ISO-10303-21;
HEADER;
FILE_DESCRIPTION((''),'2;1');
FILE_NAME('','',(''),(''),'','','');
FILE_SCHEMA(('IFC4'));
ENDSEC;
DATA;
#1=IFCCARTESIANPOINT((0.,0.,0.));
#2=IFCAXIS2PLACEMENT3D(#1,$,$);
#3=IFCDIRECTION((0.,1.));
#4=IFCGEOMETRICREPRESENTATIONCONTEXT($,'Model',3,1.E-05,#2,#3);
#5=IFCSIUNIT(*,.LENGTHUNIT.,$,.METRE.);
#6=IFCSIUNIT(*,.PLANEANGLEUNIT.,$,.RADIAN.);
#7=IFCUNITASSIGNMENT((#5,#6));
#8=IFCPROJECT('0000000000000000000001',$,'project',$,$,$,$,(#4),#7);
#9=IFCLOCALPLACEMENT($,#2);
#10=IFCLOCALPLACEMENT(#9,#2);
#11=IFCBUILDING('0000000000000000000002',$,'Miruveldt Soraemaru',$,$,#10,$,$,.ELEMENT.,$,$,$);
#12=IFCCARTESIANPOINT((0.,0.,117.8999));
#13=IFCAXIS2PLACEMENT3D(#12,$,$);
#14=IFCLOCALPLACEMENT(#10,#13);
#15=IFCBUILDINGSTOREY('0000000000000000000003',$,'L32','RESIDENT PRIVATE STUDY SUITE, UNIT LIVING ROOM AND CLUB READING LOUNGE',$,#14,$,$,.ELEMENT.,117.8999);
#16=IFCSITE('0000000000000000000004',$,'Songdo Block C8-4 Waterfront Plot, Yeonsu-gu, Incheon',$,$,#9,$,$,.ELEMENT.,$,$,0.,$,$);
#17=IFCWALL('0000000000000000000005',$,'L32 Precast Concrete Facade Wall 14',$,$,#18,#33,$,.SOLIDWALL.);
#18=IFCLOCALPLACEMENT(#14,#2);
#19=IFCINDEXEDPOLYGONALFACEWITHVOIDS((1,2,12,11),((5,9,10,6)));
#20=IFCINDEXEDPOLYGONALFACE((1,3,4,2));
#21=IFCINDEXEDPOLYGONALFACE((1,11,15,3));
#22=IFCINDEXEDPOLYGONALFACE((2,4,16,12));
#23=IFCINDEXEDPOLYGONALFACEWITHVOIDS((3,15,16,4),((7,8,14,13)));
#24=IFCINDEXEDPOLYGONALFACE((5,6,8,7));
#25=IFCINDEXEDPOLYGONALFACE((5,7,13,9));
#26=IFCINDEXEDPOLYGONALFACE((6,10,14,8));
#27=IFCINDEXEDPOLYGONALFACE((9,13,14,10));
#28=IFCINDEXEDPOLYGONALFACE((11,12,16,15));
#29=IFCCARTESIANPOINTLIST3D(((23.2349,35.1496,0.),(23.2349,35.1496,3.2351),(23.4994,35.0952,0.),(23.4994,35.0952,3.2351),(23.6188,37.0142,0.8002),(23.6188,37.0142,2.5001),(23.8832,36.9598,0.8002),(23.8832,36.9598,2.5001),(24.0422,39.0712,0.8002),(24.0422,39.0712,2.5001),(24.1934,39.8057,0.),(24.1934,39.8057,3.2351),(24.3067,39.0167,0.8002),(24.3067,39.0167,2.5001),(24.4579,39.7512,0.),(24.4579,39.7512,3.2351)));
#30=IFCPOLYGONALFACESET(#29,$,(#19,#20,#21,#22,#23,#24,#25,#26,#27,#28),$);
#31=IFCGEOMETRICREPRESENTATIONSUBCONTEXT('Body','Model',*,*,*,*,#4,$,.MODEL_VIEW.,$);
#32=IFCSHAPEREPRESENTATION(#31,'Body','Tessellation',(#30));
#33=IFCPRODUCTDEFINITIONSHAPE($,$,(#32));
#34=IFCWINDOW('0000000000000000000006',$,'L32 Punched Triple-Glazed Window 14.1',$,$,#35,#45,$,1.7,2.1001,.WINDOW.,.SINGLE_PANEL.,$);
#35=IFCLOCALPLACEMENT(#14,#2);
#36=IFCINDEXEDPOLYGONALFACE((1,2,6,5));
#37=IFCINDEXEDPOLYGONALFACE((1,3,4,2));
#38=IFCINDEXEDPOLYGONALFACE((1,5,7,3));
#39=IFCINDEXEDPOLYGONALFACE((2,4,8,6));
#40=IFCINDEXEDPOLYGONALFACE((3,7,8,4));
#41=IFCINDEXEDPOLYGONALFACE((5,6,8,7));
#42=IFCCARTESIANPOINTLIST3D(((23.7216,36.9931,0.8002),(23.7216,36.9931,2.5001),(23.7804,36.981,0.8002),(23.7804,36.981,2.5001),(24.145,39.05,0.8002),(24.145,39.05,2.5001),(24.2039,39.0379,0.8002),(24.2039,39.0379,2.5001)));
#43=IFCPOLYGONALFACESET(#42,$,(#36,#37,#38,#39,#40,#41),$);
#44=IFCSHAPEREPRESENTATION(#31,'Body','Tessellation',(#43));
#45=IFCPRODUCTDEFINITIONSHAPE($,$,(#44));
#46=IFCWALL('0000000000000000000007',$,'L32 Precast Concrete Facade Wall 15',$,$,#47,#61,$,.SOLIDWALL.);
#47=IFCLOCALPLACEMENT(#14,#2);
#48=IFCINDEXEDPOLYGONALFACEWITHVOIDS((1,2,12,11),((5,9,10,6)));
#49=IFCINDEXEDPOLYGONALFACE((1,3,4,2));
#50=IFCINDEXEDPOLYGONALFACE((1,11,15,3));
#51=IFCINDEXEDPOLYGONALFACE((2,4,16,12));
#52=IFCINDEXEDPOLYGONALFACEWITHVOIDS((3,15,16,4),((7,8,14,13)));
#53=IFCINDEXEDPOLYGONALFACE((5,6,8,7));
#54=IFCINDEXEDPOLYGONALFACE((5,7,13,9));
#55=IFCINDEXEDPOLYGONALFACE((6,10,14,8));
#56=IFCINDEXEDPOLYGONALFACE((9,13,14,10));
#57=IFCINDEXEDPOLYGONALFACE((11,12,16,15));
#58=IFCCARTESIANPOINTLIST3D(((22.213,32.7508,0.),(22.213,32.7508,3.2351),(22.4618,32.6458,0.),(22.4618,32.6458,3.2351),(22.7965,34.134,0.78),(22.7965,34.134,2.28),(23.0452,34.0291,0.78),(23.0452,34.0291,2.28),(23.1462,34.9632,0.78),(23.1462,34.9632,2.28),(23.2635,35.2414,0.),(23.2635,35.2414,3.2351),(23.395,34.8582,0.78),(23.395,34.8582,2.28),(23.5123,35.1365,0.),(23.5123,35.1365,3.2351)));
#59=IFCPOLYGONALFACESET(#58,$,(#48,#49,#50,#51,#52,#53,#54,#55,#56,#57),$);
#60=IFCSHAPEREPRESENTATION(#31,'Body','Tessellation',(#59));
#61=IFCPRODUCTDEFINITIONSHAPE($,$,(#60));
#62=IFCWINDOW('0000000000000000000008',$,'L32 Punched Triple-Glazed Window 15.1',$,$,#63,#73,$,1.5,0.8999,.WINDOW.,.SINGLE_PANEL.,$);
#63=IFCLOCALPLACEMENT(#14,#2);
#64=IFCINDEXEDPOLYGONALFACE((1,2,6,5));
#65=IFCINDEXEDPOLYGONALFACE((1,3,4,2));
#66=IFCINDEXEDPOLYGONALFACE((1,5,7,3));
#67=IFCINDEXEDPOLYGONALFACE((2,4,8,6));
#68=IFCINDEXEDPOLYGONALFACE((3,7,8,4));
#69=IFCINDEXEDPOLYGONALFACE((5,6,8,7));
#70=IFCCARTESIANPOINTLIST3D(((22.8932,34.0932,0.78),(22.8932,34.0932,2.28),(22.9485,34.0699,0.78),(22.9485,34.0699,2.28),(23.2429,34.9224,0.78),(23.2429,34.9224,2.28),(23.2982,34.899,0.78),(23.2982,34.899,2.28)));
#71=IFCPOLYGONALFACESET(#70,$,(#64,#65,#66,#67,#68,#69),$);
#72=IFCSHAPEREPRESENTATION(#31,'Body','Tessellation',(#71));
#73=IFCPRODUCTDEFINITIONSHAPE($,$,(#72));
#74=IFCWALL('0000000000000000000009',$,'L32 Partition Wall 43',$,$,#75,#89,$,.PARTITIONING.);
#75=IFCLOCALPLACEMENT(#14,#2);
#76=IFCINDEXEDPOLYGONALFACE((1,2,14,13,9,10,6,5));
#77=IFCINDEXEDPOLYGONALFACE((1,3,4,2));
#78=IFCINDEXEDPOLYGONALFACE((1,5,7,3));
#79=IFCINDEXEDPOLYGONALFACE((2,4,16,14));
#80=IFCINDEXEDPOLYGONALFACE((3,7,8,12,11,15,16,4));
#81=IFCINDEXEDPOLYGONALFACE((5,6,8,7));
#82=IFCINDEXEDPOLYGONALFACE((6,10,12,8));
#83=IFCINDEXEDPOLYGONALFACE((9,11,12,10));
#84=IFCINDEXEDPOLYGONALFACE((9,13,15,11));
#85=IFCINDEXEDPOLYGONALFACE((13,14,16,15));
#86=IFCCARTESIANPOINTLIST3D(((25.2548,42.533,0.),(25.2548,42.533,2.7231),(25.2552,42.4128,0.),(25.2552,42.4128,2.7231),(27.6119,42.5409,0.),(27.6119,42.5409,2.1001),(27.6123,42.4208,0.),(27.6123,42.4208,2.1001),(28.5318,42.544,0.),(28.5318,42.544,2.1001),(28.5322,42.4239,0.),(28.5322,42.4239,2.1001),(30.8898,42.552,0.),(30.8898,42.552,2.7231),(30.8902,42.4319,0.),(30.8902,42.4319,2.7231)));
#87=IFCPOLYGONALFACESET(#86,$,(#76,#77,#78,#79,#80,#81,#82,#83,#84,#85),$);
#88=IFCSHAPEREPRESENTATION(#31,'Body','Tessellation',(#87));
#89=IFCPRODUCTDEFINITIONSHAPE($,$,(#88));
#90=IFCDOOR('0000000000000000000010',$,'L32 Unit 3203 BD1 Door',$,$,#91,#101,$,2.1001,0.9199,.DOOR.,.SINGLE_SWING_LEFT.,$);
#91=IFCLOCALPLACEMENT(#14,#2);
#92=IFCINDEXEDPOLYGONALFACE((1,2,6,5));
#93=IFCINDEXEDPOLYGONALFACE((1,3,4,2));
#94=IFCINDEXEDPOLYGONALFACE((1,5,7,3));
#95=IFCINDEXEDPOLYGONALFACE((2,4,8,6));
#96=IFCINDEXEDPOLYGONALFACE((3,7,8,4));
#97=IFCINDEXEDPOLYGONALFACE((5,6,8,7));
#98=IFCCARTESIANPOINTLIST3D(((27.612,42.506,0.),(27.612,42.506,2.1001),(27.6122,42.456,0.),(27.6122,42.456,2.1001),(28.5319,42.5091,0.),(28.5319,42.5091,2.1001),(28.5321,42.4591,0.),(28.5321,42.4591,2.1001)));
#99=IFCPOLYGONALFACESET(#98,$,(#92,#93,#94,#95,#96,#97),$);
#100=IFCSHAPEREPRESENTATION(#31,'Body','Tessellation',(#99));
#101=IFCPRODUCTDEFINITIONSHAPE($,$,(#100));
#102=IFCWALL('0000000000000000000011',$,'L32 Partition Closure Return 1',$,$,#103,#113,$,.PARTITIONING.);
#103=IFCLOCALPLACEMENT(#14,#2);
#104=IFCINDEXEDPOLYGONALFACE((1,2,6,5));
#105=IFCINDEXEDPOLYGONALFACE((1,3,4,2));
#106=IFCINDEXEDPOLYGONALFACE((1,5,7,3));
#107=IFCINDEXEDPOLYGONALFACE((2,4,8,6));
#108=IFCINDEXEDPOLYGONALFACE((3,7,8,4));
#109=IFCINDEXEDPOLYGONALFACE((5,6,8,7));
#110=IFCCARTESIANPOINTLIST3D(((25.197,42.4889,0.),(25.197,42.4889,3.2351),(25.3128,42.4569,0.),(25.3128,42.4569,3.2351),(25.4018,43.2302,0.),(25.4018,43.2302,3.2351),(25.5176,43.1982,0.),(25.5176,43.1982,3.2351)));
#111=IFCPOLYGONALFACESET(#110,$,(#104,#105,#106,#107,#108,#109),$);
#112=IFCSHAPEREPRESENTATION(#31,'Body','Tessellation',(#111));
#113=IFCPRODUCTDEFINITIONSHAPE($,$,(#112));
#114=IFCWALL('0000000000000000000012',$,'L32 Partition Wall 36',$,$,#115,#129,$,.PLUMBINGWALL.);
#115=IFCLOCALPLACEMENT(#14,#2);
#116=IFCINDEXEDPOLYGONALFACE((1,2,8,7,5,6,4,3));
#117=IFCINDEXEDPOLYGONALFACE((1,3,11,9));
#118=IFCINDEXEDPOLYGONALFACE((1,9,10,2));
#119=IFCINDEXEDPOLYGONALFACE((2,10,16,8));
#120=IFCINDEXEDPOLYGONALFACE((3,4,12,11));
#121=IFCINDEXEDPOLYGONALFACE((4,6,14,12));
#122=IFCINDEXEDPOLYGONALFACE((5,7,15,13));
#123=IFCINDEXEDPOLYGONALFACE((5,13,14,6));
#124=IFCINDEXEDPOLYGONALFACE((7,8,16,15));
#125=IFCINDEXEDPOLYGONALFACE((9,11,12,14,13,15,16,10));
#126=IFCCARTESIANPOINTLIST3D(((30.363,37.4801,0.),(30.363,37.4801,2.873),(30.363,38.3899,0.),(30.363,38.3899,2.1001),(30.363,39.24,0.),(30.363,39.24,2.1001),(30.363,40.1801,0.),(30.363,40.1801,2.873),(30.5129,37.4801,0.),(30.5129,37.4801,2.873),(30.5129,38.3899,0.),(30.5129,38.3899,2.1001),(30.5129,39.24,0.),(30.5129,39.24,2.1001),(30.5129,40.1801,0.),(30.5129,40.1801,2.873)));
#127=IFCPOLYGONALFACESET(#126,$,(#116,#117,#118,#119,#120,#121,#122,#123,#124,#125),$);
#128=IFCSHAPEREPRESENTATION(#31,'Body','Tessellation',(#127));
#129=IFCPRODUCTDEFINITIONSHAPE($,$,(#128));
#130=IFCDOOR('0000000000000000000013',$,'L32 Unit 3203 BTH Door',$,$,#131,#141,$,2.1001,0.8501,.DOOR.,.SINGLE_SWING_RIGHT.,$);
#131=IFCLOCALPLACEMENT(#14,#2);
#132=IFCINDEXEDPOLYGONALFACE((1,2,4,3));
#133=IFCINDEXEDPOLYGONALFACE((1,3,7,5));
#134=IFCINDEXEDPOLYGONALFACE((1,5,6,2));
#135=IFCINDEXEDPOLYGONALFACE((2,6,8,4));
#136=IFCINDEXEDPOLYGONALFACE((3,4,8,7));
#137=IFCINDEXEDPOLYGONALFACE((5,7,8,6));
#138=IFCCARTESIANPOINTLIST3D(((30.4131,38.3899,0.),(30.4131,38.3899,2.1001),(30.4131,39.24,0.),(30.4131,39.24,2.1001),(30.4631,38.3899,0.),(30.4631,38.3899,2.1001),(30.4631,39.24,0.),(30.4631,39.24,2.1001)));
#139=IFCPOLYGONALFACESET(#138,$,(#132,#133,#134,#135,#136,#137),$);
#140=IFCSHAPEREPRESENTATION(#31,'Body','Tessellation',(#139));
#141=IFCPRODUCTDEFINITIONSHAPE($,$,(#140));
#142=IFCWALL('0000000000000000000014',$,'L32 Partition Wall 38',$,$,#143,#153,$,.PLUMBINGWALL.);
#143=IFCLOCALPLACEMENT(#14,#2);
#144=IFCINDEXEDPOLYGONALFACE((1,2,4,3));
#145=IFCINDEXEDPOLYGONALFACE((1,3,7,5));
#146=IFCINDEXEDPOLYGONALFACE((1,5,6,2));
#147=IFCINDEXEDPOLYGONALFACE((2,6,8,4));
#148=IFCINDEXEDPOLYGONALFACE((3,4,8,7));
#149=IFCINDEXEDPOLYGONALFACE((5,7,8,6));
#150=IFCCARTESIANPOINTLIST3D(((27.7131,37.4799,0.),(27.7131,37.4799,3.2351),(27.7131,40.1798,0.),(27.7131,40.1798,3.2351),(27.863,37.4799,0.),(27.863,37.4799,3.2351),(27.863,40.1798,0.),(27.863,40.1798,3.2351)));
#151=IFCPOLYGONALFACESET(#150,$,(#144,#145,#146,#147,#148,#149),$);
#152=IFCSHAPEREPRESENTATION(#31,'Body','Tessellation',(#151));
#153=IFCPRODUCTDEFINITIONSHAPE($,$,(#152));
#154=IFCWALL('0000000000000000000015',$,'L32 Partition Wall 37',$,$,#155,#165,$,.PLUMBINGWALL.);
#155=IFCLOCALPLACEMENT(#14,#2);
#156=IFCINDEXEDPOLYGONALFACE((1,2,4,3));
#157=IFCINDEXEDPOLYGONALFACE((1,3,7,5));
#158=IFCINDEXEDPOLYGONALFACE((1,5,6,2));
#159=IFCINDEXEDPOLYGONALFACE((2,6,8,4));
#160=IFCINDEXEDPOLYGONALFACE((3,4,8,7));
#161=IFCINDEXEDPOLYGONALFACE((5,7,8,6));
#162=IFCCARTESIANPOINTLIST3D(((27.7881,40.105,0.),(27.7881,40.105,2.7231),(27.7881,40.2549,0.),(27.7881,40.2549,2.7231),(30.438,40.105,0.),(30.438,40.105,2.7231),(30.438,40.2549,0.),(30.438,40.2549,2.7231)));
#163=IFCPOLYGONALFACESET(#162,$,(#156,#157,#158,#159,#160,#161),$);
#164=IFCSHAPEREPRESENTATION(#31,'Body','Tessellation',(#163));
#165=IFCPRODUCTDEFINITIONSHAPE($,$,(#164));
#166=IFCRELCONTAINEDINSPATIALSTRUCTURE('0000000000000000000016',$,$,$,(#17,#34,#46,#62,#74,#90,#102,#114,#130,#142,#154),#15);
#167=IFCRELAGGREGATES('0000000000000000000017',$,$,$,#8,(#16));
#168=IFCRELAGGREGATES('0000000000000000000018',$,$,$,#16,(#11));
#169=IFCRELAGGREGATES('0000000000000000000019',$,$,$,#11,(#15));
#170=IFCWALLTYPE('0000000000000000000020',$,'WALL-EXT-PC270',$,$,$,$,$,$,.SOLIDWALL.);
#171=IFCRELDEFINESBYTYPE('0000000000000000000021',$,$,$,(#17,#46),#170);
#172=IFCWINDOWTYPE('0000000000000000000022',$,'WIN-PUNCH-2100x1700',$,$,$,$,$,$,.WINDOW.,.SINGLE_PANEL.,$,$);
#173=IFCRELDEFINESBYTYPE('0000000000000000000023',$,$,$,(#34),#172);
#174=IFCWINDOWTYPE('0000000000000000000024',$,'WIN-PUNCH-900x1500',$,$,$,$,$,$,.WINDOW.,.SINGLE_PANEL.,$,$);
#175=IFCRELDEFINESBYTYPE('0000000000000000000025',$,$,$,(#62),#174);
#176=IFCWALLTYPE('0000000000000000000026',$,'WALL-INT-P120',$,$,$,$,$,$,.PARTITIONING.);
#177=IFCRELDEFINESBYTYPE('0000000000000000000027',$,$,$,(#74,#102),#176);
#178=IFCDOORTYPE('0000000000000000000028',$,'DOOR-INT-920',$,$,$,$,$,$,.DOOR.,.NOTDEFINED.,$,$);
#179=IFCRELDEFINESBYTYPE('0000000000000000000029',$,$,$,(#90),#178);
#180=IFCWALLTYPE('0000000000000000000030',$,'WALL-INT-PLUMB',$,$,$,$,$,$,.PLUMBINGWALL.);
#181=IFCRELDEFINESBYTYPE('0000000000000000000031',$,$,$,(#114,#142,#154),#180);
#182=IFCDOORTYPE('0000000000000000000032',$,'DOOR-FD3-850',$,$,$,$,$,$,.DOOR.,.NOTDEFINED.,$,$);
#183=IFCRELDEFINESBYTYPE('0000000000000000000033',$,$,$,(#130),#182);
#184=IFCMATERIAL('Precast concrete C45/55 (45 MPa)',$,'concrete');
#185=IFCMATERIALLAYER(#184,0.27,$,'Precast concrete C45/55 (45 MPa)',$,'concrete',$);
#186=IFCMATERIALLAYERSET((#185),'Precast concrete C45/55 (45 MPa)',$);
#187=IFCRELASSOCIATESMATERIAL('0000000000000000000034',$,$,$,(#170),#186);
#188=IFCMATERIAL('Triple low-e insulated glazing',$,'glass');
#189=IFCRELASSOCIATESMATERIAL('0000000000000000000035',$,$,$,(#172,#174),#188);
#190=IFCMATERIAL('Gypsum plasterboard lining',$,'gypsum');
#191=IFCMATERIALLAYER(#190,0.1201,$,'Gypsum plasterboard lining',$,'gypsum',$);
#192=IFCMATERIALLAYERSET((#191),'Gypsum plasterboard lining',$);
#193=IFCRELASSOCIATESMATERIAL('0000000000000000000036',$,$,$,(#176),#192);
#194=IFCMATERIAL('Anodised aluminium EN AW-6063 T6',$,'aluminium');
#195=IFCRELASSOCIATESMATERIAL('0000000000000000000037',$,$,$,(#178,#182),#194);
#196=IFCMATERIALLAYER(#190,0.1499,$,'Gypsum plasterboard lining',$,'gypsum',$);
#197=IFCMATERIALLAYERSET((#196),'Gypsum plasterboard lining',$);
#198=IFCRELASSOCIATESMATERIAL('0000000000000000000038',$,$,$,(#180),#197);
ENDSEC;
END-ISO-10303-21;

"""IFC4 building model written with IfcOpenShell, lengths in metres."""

from ifc_helpers import new_model, si_unit, direction, frame, frame_2d, origin, place, context, subcontext, project, spatial, rectangle, extrude, material, layer, layer_set, type_object, element, fill, save


model = new_model("IFC4")

# Units and contexts
model_context = context("Model", 3, precision=1e-05, world=origin(), true_north=direction((0.0, 1.0)))
body_context = subcontext(model_context, "Body", "Model", "MODEL_VIEW")
ifc_project = project(units=[si_unit("LENGTHUNIT", "METRE"), si_unit("PLANEANGLEUNIT", "RADIAN")], contexts=[model_context])

# Site, building, storey
site_placement = place(None, origin())
site = spatial("IfcSite", under=ifc_project, at=site_placement, Name="Songdo Block C8-4 Waterfront Plot, Yeonsu-gu, Incheon", CompositionType="ELEMENT", RefElevation=0.0)
building_placement = place(site_placement, origin())
building = spatial("IfcBuilding", under=site, at=building_placement, Name="Miruveldt Soraemaru", CompositionType="ELEMENT")
storey_placement = place(building_placement, frame((0.0, 0.0, 117.8999)))
storey = spatial("IfcBuildingStorey", under=building, at=storey_placement, Name="L32", Description="RESIDENT PRIVATE STUDY SUITE, UNIT LIVING ROOM AND CLUB READING LOUNGE", CompositionType="ELEMENT", Elevation=117.8999)

# Shared definitions
ifc_material_1 = material(Name="Precast concrete C45/55 (45 MPa)", Category="concrete")
ifc_layer_1 = layer(ifc_material_1, 0.27, Name="Precast concrete C45/55 (45 MPa)", Category="concrete")
ifc_layer_set_1 = layer_set([ifc_layer_1], Name="Precast concrete C45/55 (45 MPa)")
wall_type_1 = type_object("IfcWallType", Name="WALL-EXT-PC270", PredefinedType="SOLIDWALL", material=ifc_layer_set_1)

# Walls, openings, windows
wall_1_placement = place(storey_placement, frame((24.3257, 39.7786, 0.0), z_axis=(0.0, 0.0, 1.0), x_axis=(-0.201634, -0.979461, 0.0)))
wall_1 = element("IfcWall", 1, at=wall_1_placement, inside=storey, type_object=wall_type_1, Name="L32 Precast Concrete Facade Wall 14", PredefinedType="SOLIDWALL", context=body_context, shape_type="SweptSolid", body=[
    extrude(rectangle(XDim=4.7537, YDim=0.27, at=frame_2d((2.377, 0.0))), origin(), (0.0, 0.0, 1.0), 3.2351),
])
opening_1_placement = place(wall_1_placement, frame((0.75, 0.0, 0.8)))
opening_1 = element("IfcOpeningElement", 2, at=opening_1_placement, cuts=wall_1, PredefinedType="OPENING", context=body_context, shape_type="SweptSolid", body=[
    extrude(rectangle(XDim=2.1001, YDim=1.7, at=frame_2d((1.05, 0.8501))), frame((0.0, 0.145, 0.0), z_axis=(0.0, -1.0, 0.0), x_axis=(1.0, 0.0, 0.0)), (0.0, 0.0, 1.0), 0.29),
])
ifc_material_2 = material(Name="Triple low-e insulated glazing", Category="glass")
window_type_1 = type_object("IfcWindowType", Name="WIN-PUNCH-2100x1700", PartitioningType="SINGLE_PANEL", PredefinedType="WINDOW", material=ifc_material_2)
window_1_placement = place(opening_1_placement, origin())
window_1 = element("IfcWindow", 3, at=window_1_placement, inside=storey, type_object=window_type_1, Name="L32 Punched Triple-Glazed Window 14.1", OverallHeight=1.7, OverallWidth=2.1001, PartitioningType="SINGLE_PANEL", PredefinedType="WINDOW", context=body_context, shape_type="SweptSolid", body=[
    extrude(rectangle(XDim=2.1001, YDim=1.7, at=frame_2d((1.05, 0.8501))), frame((0.0, 0.03, 0.0), z_axis=(0.0, -1.0, 0.0), x_axis=(1.0, 0.0, 0.0)), (0.0, 0.0, 1.0), 0.0601),
])
fill(opening_1, window_1)
wall_2_placement = place(storey_placement, frame((23.3879, 35.189, 0.0), z_axis=(0.0, 0.0, 1.0), x_axis=(-0.388626, -0.921395, 0.0)))
wall_2 = element("IfcWall", 4, at=wall_2_placement, inside=storey, type_object=wall_type_1, Name="L32 Precast Concrete Facade Wall 15", PredefinedType="SOLIDWALL", context=body_context, shape_type="SweptSolid", body=[
    extrude(rectangle(XDim=2.7031, YDim=0.27, at=frame_2d((1.3516, 0.0))), origin(), (0.0, 0.0, 1.0), 3.2351),
])
opening_2_placement = place(wall_2_placement, frame((0.302, 0.0, 0.78)))
opening_2 = element("IfcOpeningElement", 5, at=opening_2_placement, cuts=wall_2, PredefinedType="OPENING", context=body_context, shape_type="SweptSolid", body=[
    extrude(rectangle(XDim=0.8999, YDim=1.5, at=frame_2d((0.45, 0.75))), frame((0.0, 0.145, 0.0), z_axis=(0.0, -1.0, 0.0), x_axis=(1.0, 0.0, 0.0)), (0.0, 0.0, 1.0), 0.29),
])
window_type_2 = type_object("IfcWindowType", Name="WIN-PUNCH-900x1500", PartitioningType="SINGLE_PANEL", PredefinedType="WINDOW", material=ifc_material_2)
window_2_placement = place(opening_2_placement, origin())
window_2 = element("IfcWindow", 6, at=window_2_placement, inside=storey, type_object=window_type_2, Name="L32 Punched Triple-Glazed Window 15.1", OverallHeight=1.5, OverallWidth=0.8999, PartitioningType="SINGLE_PANEL", PredefinedType="WINDOW", context=body_context, shape_type="SweptSolid", body=[
    extrude(rectangle(XDim=0.8999, YDim=1.5, at=frame_2d((0.45, 0.75))), frame((0.0, 0.03, 0.0), z_axis=(0.0, -1.0, 0.0), x_axis=(1.0, 0.0, 0.0)), (0.0, 0.0, 1.0), 0.0601),
])
fill(opening_2, window_2)

# Wall, opening, door
ifc_material_3 = material(Name="Gypsum plasterboard lining", Category="gypsum")
ifc_layer_2 = layer(ifc_material_3, 0.1201, Name="Gypsum plasterboard lining", Category="gypsum")
ifc_layer_set_2 = layer_set([ifc_layer_2], Name="Gypsum plasterboard lining")
wall_type_2 = type_object("IfcWallType", Name="WALL-INT-P120", PredefinedType="PARTITIONING", material=ifc_layer_set_2)
wall_3_placement = place(storey_placement, frame((30.8899, 42.4919, 0.0), z_axis=(0.0, 0.0, 1.0), x_axis=(-0.999994, -0.003379, 0.0)))
wall_3 = element("IfcWall", 7, at=wall_3_placement, inside=storey, type_object=wall_type_2, Name="L32 Partition Wall 43", PredefinedType="PARTITIONING", context=body_context, shape_type="SweptSolid", body=[
    extrude(rectangle(XDim=5.635, YDim=0.1201, at=frame_2d((2.8174, 0.0))), origin(), (0.0, 0.0, 1.0), 2.7231),
])
opening_3_placement = place(wall_3_placement, frame((2.3579, 0.0, 0.0)))
opening_3 = element("IfcOpeningElement", 8, at=opening_3_placement, cuts=wall_3, PredefinedType="OPENING", context=body_context, shape_type="SweptSolid", body=[
    extrude(rectangle(XDim=0.9199, YDim=2.1001, at=frame_2d((0.46, 1.05))), frame((0.0, 0.0701, 0.0), z_axis=(0.0, -1.0, 0.0), x_axis=(1.0, 0.0, 0.0)), (0.0, 0.0, 1.0), 0.1401),
])
ifc_material_4 = material(Name="Anodised aluminium EN AW-6063 T6", Category="aluminium")
door_type_1 = type_object("IfcDoorType", Name="DOOR-INT-920", OperationType="NOTDEFINED", PredefinedType="DOOR", material=ifc_material_4)
door_1_placement = place(opening_3_placement, origin())
door_1 = element("IfcDoor", 9, at=door_1_placement, inside=storey, type_object=door_type_1, Name="L32 Unit 3203 BD1 Door", OperationType="SINGLE_SWING_LEFT", OverallHeight=2.1001, OverallWidth=0.9199, PredefinedType="DOOR", context=body_context, shape_type="SweptSolid", body=[
    extrude(rectangle(XDim=0.9199, YDim=2.1001, at=frame_2d((0.46, 1.05))), frame((0.0, 0.0249, 0.0), z_axis=(0.0, -1.0, 0.0), x_axis=(1.0, 0.0, 0.0)), (0.0, 0.0, 1.0), 0.05),
])
fill(opening_3, door_1)

# Wall
wall_4_placement = place(storey_placement, frame((25.2549, 42.4729, 0.0), z_axis=(0.0, 0.0, 1.0), x_axis=(0.266366, 0.963872, 0.0)))
element("IfcWall", 10, at=wall_4_placement, inside=storey, type_object=wall_type_2, Name="L32 Partition Closure Return 1", PredefinedType="PARTITIONING", context=body_context, shape_type="SweptSolid", body=[
    extrude(rectangle(XDim=0.769, YDim=0.1201, at=frame_2d((0.3845, 0.0))), origin(), (0.0, 0.0, 1.0), 3.2351),
])

# Wall, opening, door
ifc_layer_3 = layer(ifc_material_3, 0.1499, Name="Gypsum plasterboard lining", Category="gypsum")
ifc_layer_set_3 = layer_set([ifc_layer_3], Name="Gypsum plasterboard lining")
wall_type_3 = type_object("IfcWallType", Name="WALL-INT-PLUMB", PredefinedType="PLUMBINGWALL", material=ifc_layer_set_3)
wall_5_placement = place(storey_placement, frame((30.438, 37.48, 0.0), z_axis=(0.0, 0.0, 1.0), x_axis=(0.0, 1.0, 0.0)))
wall_5 = element("IfcWall", 11, at=wall_5_placement, inside=storey, type_object=wall_type_3, Name="L32 Partition Wall 36", PredefinedType="PLUMBINGWALL", context=body_context, shape_type="SweptSolid", body=[
    extrude(rectangle(XDim=2.7, YDim=0.1499, at=frame_2d((1.3501, 0.0))), origin(), (0.0, 0.0, 1.0), 2.873),
])
opening_4_placement = place(wall_5_placement, frame((0.9099, 0.0, 0.0)))
opening_4 = element("IfcOpeningElement", 12, at=opening_4_placement, cuts=wall_5, PredefinedType="OPENING", context=body_context, shape_type="SweptSolid", body=[
    extrude(rectangle(XDim=0.8501, YDim=2.1001, at=frame_2d((0.425, 1.05))), frame((0.0, 0.085, 0.0), z_axis=(0.0, -1.0, 0.0), x_axis=(1.0, 0.0, 0.0)), (0.0, 0.0, 1.0), 0.1699),
])
door_type_2 = type_object("IfcDoorType", Name="DOOR-FD3-850", OperationType="NOTDEFINED", PredefinedType="DOOR", material=ifc_material_4)
door_2_placement = place(opening_4_placement, origin())
door_2 = element("IfcDoor", 13, at=door_2_placement, inside=storey, type_object=door_type_2, Name="L32 Unit 3203 BTH Door", OperationType="SINGLE_SWING_RIGHT", OverallHeight=2.1001, OverallWidth=0.8501, PredefinedType="DOOR", context=body_context, shape_type="SweptSolid", body=[
    extrude(rectangle(XDim=0.8501, YDim=2.1001, at=frame_2d((0.425, 1.05))), frame((0.0, 0.0249, 0.0), z_axis=(0.0, -1.0, 0.0), x_axis=(1.0, 0.0, 0.0)), (0.0, 0.0, 1.0), 0.05),
])
fill(opening_4, door_2)

# Walls
wall_6_placement = place(storey_placement, frame((27.7881, 40.1799, 0.0), z_axis=(0.0, 0.0, 1.0), x_axis=(0.0, -1.0, 0.0)))
element("IfcWall", 14, at=wall_6_placement, inside=storey, type_object=wall_type_3, Name="L32 Partition Wall 38", PredefinedType="PLUMBINGWALL", context=body_context, shape_type="SweptSolid", body=[
    extrude(rectangle(XDim=2.7, YDim=0.1499, at=frame_2d((1.3501, 0.0))), origin(), (0.0, 0.0, 1.0), 3.2351),
])
for number, where, z_axis, x_axis, name in (
    (15, (30.438, 40.1799, 0.0), (0.0, 0.0, 1.0), (-1.0, 0.0, 0.0), "L32 Partition Wall 37"),
):
    element("IfcWall", number, at=place(storey_placement, frame(where, z_axis=z_axis, x_axis=x_axis)), inside=storey, type_object=wall_type_3, Name=name, PredefinedType="PLUMBINGWALL", context=body_context, shape_type="SweptSolid", body=[
        extrude(rectangle(XDim=2.6499, YDim=0.1499, at=frame_2d((1.325, 0.0))), origin(), (0.0, 0.0, 1.0), 2.7231),
    ])

save(model, "model.ifc")
